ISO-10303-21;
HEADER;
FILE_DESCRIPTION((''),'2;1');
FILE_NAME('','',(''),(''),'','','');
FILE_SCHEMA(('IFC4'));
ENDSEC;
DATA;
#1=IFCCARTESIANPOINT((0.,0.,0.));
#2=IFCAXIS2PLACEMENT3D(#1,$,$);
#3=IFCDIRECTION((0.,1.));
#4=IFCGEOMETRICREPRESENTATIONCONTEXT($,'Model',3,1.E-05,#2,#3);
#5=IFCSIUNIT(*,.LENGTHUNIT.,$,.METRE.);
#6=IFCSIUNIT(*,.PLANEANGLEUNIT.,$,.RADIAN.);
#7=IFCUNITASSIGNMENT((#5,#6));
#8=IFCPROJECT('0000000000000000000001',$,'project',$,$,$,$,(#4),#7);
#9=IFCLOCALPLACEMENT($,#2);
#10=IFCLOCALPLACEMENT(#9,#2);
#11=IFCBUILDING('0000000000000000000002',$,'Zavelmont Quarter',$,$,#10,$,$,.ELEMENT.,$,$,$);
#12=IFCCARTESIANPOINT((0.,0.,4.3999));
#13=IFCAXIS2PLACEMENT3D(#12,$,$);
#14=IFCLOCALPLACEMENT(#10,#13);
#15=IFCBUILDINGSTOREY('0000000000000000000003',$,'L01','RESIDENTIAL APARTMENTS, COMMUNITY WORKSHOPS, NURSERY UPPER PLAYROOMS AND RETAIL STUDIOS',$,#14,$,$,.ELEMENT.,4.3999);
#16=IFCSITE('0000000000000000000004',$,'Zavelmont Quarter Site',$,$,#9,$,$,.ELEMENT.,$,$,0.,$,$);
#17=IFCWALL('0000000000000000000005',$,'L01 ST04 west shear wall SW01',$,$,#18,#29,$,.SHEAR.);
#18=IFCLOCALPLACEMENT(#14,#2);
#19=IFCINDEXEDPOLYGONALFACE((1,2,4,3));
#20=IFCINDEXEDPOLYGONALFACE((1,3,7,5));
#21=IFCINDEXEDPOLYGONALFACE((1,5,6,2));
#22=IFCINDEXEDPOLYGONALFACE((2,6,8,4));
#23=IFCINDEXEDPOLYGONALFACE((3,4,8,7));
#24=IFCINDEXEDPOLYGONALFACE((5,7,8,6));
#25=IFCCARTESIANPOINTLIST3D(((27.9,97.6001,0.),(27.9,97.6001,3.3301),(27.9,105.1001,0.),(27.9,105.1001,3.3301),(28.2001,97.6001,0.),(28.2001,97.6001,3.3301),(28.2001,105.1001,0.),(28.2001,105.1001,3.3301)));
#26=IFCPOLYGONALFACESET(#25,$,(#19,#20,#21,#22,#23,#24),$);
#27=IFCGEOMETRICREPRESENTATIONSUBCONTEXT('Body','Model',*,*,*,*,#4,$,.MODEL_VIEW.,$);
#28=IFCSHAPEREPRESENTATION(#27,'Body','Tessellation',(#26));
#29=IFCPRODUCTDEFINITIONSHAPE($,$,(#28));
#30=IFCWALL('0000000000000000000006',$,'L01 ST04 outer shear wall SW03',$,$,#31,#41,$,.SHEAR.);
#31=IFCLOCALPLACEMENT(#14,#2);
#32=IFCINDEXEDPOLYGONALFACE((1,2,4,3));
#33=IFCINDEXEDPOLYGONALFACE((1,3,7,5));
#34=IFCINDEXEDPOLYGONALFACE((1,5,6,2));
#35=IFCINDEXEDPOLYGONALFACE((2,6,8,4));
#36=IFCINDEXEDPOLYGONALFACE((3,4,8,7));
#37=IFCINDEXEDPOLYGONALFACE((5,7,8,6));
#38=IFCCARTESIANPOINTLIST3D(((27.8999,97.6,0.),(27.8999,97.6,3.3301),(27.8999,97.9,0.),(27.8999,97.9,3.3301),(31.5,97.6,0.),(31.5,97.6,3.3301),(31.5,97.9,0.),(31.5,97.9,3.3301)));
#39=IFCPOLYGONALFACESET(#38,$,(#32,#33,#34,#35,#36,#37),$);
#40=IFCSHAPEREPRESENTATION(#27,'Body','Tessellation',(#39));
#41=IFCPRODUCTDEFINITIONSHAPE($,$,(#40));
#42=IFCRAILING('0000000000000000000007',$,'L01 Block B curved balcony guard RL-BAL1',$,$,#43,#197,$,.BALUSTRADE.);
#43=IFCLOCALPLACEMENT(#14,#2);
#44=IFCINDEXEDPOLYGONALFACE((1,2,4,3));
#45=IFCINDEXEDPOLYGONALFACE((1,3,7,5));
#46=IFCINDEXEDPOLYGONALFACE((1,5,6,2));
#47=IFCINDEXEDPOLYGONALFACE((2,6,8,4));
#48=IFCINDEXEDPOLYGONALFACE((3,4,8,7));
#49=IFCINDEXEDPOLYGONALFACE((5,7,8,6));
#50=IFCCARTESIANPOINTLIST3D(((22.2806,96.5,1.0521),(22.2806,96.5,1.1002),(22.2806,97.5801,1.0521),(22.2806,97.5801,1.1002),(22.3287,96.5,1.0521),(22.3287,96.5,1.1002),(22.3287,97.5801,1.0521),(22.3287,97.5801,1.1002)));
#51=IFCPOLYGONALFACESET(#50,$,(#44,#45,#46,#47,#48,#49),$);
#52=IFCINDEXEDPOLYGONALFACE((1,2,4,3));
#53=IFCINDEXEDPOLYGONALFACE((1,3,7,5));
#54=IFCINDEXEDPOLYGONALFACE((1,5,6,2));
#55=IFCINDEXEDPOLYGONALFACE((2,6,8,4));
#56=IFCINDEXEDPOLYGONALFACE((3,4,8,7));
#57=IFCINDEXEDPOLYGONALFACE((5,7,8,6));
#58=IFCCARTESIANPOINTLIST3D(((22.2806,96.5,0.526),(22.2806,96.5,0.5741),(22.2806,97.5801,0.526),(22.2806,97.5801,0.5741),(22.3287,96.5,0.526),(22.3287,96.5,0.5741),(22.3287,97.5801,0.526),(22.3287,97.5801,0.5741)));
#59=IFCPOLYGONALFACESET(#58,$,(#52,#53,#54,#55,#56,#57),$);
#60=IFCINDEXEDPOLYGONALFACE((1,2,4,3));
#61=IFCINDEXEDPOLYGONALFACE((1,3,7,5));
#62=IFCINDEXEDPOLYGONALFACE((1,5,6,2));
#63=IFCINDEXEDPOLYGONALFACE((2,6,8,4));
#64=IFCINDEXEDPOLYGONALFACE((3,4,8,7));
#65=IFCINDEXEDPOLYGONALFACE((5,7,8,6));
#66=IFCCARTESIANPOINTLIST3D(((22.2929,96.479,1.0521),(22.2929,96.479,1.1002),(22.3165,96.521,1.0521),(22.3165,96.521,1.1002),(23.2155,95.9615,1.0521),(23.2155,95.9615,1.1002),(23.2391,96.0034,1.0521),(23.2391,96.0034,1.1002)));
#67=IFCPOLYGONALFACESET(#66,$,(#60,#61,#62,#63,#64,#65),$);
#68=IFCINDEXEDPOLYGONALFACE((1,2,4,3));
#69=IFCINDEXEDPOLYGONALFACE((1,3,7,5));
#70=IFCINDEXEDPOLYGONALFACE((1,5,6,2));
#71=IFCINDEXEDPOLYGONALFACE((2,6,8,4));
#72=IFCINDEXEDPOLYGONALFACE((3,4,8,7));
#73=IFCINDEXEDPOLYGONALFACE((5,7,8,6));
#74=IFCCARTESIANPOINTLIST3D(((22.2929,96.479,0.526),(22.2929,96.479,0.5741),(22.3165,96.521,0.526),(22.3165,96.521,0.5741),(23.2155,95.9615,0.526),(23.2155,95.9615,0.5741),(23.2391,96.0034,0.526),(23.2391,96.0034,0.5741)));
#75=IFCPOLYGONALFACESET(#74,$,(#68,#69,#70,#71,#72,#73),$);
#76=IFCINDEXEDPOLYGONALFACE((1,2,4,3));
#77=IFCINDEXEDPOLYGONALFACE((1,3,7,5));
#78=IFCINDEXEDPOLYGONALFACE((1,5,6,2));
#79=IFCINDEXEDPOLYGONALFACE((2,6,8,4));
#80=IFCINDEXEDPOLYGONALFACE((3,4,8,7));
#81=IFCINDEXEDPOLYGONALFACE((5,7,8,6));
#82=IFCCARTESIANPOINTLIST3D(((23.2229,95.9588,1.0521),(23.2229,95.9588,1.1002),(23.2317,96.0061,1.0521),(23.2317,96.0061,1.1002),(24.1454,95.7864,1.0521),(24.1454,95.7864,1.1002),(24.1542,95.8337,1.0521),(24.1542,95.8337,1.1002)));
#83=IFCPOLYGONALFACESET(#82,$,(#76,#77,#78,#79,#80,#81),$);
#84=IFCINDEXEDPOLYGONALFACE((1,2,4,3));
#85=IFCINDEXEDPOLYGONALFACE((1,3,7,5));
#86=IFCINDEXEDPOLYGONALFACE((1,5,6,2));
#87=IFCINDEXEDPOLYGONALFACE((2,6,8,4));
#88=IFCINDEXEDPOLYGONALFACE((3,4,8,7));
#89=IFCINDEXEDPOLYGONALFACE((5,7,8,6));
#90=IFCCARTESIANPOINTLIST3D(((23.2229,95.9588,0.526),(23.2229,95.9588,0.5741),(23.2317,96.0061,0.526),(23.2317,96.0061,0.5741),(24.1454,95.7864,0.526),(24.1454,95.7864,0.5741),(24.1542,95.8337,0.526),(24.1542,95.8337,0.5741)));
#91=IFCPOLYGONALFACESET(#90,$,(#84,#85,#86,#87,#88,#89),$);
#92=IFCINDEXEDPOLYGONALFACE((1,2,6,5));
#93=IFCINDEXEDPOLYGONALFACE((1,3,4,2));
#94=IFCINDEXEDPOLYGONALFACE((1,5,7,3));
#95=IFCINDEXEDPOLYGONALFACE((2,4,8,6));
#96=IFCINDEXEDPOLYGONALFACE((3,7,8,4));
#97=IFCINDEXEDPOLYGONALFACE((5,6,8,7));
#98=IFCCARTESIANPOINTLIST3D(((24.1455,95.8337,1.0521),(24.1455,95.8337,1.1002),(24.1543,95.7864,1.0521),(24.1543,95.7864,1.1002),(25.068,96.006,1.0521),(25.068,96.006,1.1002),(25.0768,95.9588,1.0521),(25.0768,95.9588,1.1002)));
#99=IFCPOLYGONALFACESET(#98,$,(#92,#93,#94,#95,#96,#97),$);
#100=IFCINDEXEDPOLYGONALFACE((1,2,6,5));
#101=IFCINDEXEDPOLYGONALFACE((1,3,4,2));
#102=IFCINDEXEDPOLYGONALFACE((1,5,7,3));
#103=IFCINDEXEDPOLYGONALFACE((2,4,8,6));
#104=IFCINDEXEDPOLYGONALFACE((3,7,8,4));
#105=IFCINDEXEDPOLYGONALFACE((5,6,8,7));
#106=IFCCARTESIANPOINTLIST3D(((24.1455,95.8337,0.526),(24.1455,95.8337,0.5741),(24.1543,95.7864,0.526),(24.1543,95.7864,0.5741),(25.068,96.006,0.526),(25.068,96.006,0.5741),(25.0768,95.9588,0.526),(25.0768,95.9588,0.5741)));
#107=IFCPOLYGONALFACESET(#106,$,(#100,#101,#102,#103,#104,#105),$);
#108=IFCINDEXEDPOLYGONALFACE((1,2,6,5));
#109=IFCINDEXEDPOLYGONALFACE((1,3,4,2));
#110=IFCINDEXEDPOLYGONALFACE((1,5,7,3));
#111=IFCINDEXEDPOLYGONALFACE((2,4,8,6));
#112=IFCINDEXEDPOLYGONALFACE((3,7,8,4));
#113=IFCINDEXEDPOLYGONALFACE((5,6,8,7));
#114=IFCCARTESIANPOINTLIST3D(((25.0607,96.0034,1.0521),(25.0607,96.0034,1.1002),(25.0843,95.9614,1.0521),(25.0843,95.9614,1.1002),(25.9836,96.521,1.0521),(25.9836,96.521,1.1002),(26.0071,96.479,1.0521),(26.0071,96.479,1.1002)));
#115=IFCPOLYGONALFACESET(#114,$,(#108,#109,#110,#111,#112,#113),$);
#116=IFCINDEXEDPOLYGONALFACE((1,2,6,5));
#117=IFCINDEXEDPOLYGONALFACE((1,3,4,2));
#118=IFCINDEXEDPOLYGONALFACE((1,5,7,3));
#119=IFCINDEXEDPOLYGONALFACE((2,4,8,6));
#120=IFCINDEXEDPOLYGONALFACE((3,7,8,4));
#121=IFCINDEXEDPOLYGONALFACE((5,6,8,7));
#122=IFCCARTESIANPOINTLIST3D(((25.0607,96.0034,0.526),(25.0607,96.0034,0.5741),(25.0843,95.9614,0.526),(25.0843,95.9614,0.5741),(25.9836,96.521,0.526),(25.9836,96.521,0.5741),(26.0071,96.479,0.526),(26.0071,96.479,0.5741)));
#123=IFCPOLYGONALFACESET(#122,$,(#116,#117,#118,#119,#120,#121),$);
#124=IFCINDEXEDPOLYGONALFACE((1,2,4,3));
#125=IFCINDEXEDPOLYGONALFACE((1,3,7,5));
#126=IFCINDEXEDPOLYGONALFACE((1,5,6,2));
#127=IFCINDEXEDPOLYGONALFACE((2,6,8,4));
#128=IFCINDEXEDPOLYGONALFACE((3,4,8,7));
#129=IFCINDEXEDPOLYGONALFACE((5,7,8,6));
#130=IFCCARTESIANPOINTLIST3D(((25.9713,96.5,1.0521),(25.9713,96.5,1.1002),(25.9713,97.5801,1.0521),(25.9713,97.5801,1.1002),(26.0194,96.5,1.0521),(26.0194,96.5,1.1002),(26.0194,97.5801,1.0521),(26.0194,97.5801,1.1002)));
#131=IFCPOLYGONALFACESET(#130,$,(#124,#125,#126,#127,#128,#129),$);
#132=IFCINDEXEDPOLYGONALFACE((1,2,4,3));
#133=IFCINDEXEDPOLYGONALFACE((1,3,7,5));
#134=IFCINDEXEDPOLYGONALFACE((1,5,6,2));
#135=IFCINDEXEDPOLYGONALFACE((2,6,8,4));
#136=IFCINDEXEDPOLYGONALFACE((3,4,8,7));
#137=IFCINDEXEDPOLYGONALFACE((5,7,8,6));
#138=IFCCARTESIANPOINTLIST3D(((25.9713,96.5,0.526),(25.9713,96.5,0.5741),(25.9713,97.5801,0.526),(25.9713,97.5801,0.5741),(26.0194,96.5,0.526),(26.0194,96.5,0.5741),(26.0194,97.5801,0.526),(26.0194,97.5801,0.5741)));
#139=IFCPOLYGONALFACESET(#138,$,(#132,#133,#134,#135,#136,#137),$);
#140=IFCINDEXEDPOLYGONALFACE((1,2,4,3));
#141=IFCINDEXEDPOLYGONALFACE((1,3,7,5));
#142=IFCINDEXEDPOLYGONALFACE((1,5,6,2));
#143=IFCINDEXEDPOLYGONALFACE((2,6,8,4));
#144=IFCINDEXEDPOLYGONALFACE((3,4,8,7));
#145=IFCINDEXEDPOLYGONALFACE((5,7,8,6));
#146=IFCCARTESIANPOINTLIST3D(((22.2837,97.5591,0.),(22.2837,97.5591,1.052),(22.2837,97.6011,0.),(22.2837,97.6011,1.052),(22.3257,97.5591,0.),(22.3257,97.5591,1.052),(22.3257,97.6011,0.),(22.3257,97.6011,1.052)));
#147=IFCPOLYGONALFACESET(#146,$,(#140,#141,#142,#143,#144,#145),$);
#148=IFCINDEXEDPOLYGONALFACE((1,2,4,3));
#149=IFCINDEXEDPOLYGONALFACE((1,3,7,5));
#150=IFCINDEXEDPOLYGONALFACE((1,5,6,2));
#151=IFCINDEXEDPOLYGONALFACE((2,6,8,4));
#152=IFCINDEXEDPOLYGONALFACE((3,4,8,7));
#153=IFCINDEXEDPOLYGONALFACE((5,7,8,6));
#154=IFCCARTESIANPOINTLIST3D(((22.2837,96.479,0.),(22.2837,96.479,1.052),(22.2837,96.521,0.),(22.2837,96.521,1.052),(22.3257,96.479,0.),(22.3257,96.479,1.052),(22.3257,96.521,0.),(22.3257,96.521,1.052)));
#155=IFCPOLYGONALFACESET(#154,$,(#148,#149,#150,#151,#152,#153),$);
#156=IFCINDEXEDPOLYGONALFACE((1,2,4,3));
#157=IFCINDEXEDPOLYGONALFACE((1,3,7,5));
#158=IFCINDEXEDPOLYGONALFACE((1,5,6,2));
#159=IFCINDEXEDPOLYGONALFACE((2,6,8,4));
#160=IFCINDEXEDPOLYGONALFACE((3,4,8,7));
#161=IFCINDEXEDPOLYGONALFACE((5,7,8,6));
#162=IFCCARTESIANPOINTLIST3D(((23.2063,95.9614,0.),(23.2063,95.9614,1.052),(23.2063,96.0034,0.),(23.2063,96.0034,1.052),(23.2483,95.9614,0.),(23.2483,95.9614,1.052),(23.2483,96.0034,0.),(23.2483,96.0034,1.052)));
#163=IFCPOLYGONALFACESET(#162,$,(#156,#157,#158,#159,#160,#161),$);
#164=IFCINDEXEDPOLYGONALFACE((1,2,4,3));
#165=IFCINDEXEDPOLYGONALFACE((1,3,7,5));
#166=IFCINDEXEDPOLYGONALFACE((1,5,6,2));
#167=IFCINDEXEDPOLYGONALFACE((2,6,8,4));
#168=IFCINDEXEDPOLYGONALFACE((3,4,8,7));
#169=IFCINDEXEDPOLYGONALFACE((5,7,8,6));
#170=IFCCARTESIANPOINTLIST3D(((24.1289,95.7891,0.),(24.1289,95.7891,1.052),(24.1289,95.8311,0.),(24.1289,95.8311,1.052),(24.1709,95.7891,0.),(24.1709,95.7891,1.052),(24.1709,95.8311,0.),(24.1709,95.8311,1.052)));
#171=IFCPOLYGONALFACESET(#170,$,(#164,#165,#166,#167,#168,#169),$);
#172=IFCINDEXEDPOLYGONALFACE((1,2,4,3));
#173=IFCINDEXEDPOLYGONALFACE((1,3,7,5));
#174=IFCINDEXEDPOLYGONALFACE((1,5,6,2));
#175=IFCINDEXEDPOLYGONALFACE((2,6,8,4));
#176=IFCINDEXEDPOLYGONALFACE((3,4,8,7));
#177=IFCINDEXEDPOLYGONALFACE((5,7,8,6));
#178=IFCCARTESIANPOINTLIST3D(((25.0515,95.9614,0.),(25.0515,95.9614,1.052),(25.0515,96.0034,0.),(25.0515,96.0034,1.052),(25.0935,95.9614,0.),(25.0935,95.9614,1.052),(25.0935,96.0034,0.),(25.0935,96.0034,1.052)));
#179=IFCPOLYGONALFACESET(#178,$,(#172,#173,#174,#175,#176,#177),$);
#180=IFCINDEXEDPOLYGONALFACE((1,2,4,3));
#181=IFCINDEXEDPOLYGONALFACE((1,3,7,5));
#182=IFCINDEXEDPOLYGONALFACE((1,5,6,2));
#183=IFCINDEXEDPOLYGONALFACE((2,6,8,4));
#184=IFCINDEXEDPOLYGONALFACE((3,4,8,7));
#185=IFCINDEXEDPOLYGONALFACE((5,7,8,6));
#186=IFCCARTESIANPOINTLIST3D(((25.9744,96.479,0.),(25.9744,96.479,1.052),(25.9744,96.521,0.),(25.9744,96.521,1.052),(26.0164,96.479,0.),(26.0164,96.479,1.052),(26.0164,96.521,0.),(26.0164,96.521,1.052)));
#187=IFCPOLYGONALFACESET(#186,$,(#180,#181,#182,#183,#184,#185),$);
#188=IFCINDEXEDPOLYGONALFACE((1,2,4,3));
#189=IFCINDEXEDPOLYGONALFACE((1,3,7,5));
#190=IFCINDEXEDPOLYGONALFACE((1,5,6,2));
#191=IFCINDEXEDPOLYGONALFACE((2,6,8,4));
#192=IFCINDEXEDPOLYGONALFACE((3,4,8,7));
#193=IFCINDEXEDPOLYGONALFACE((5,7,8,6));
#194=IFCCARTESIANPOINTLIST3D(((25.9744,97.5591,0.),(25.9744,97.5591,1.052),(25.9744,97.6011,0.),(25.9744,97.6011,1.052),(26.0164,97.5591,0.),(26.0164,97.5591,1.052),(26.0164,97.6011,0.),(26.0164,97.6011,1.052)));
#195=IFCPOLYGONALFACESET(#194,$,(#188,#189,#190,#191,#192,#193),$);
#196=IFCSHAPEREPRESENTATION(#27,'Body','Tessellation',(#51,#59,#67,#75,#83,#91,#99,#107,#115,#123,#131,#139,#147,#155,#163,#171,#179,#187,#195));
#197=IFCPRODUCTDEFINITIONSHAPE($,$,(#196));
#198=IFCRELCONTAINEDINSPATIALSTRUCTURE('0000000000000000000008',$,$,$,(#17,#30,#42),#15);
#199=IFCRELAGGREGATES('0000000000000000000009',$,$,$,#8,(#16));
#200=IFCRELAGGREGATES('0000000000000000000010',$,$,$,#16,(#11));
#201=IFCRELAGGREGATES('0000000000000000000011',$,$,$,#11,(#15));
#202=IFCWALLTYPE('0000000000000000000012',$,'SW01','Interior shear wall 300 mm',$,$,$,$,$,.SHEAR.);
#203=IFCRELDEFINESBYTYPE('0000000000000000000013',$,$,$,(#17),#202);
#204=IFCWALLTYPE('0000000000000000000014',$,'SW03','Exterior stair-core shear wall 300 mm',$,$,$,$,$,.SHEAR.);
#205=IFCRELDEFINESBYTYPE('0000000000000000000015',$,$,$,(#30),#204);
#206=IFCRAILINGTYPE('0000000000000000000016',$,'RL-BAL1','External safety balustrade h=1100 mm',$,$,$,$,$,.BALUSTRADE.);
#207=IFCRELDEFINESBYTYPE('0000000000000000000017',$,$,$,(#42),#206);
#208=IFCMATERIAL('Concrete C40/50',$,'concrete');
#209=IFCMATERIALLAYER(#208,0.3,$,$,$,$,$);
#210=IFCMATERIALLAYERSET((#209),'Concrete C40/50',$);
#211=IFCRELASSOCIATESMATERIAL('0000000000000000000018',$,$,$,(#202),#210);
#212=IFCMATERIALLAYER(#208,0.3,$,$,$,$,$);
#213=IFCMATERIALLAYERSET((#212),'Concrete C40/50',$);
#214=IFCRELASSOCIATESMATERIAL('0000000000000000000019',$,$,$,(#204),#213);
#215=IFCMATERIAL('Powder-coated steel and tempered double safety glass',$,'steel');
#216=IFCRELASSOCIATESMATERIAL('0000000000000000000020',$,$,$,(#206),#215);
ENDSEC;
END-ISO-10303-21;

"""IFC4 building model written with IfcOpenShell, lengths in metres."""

from ifc_helpers import new_model, si_unit, direction, frame, frame_2d, origin, origin_2d, place, context, subcontext, project, spatial, rectangle, extrude, material, layer, layer_set, type_object, element, save


model = new_model("IFC4")

# Units and contexts
model_context = context("Model", 3, precision=1e-05, world=origin(), true_north=direction((0.0, 1.0)))
body_context = subcontext(model_context, "Body", "Model", "MODEL_VIEW")
ifc_project = project(units=[si_unit("LENGTHUNIT", "METRE"), si_unit("PLANEANGLEUNIT", "RADIAN")], contexts=[model_context])

# Site, building, storey
site_placement = place(None, origin())
site = spatial("IfcSite", under=ifc_project, at=site_placement, Name="Zavelmont Quarter Site", CompositionType="ELEMENT", RefElevation=0.0)
building_placement = place(site_placement, origin())
building = spatial("IfcBuilding", under=site, at=building_placement, Name="Zavelmont Quarter", CompositionType="ELEMENT")
storey_placement = place(building_placement, frame((0.0, 0.0, 4.3999)))
storey = spatial("IfcBuildingStorey", under=building, at=storey_placement, Name="L01", Description="RESIDENTIAL APARTMENTS, COMMUNITY WORKSHOPS, NURSERY UPPER PLAYROOMS AND RETAIL STUDIOS", CompositionType="ELEMENT", Elevation=4.3999)

# Shared definitions
ifc_material_1 = material(Name="Concrete C40/50", Category="concrete")

# Wall
ifc_layer_1 = layer(ifc_material_1, 0.3)
ifc_layer_set_1 = layer_set([ifc_layer_1], Name="Concrete C40/50")
wall_type_1 = type_object("IfcWallType", Name="SW01", Description="Interior shear wall 300 mm", PredefinedType="SHEAR", material=ifc_layer_set_1)
wall_1_placement = place(storey_placement, frame((28.05, 97.6001, 0.0), z_axis=(0.0, 0.0, 1.0), x_axis=(0.0, 1.0, 0.0)))
element("IfcWall", 1, at=wall_1_placement, inside=storey, type_object=wall_type_1, Name="L01 ST04 west shear wall SW01", PredefinedType="SHEAR", context=body_context, shape_type="SweptSolid", body=[
    extrude(rectangle(XDim=7.5, YDim=0.3, at=frame_2d((3.75, 0.0))), origin(), (0.0, 0.0, 1.0), 3.3301),
])

# Wall
ifc_layer_2 = layer(ifc_material_1, 0.3)
ifc_layer_set_2 = layer_set([ifc_layer_2], Name="Concrete C40/50")
wall_type_2 = type_object("IfcWallType", Name="SW03", Description="Exterior stair-core shear wall 300 mm", PredefinedType="SHEAR", material=ifc_layer_set_2)
wall_2_placement = place(storey_placement, frame((27.8999, 97.75, 0.0), z_axis=(0.0, 0.0, 1.0), x_axis=(1.0, 0.0, 0.0)))
element("IfcWall", 2, at=wall_2_placement, inside=storey, type_object=wall_type_2, Name="L01 ST04 outer shear wall SW03", PredefinedType="SHEAR", context=body_context, shape_type="SweptSolid", body=[
    extrude(rectangle(XDim=3.6001, YDim=0.3, at=frame_2d((1.8, 0.0))), origin(), (0.0, 0.0, 1.0), 3.3301),
])

# Railing
ifc_material_2 = material(Name="Powder-coated steel and tempered double safety glass", Category="steel")
railing_type = type_object("IfcRailingType", Name="RL-BAL1", Description="External safety balustrade h=1100 mm", PredefinedType="BALUSTRADE", material=ifc_material_2)
railing_placement = place(storey_placement, frame((22.3047, 97.5801, 0.0)))
element("IfcRailing", 3, at=railing_placement, inside=storey, type_object=railing_type, Name="L01 Block B curved balcony guard RL-BAL1", PredefinedType="BALUSTRADE", context=body_context, shape_type="SweptSolid", body=[
    extrude(rectangle(XDim=0.0481, YDim=0.0481, at=origin_2d()), frame((0.0, 0.0, 1.0762), z_axis=(0.0, -1.0, 0.0), x_axis=(1.0, 0.0, 0.0)), (0.0, 0.0, 1.0), 1.0801),
    extrude(rectangle(XDim=0.0481, YDim=0.0481, at=origin_2d()), frame((0.0, 0.0, 0.55), z_axis=(0.0, -1.0, 0.0), x_axis=(1.0, 0.0, 0.0)), (0.0, 0.0, 1.0), 1.0801),
    extrude(rectangle(XDim=0.0481, YDim=0.0481, at=origin_2d()), frame((0.0, -1.0801, 1.0762), z_axis=(0.872136, -0.489264, 0.0), x_axis=(0.489264, 0.872136, 0.0)), (0.0, 0.0, 1.0), 1.0579),
    extrude(rectangle(XDim=0.0481, YDim=0.0481, at=origin_2d()), frame((0.0, -1.0801, 0.55), z_axis=(0.872136, -0.489264, 0.0), x_axis=(0.489264, 0.872136, 0.0)), (0.0, 0.0, 1.0), 1.0579),
    extrude(rectangle(XDim=0.0481, YDim=0.0481, at=origin_2d()), frame((0.9226, -1.5977, 1.0762), z_axis=(0.982993, -0.183645, 0.0), x_axis=(0.183645, 0.982993, 0.0)), (0.0, 0.0, 1.0), 0.9385),
    extrude(rectangle(XDim=0.0481, YDim=0.0481, at=origin_2d()), frame((0.9226, -1.5977, 0.55), z_axis=(0.982993, -0.183645, 0.0), x_axis=(0.183645, 0.982993, 0.0)), (0.0, 0.0, 1.0), 0.9385),
    extrude(rectangle(XDim=0.0481, YDim=0.0481, at=origin_2d()), frame((1.8452, -1.77, 1.0762), z_axis=(0.982993, 0.183645, 0.0), x_axis=(-0.183645, 0.982993, 0.0)), (0.0, 0.0, 1.0), 0.9385),
    extrude(rectangle(XDim=0.0481, YDim=0.0481, at=origin_2d()), frame((1.8452, -1.77, 0.55), z_axis=(0.982993, 0.183645, 0.0), x_axis=(-0.183645, 0.982993, 0.0)), (0.0, 0.0, 1.0), 0.9385),
    extrude(rectangle(XDim=0.0481, YDim=0.0481, at=origin_2d()), frame((2.7678, -1.5977, 1.0762), z_axis=(0.872191, 0.489165, 0.0), x_axis=(-0.489165, 0.872191, 0.0)), (0.0, 0.0, 1.0), 1.0581),
    extrude(rectangle(XDim=0.0481, YDim=0.0481, at=origin_2d()), frame((2.7678, -1.5977, 0.55), z_axis=(0.872191, 0.489165, 0.0), x_axis=(-0.489165, 0.872191, 0.0)), (0.0, 0.0, 1.0), 1.0581),
    extrude(rectangle(XDim=0.0481, YDim=0.0481, at=origin_2d()), frame((3.6907, -1.0801, 1.0762), z_axis=(0.0, 1.0, 0.0), x_axis=(-1.0, 0.0, 0.0)), (0.0, 0.0, 1.0), 1.0801),
    extrude(rectangle(XDim=0.0481, YDim=0.0481, at=origin_2d()), frame((3.6907, -1.0801, 0.55), z_axis=(0.0, 1.0, 0.0), x_axis=(-1.0, 0.0, 0.0)), (0.0, 0.0, 1.0), 1.0801),
    extrude(rectangle(XDim=0.042, YDim=0.042, at=origin_2d()), origin(), (0.0, 0.0, 1.0), 1.052),
    extrude(rectangle(XDim=0.042, YDim=0.042, at=origin_2d()), frame((0.0, -1.0801, 0.0)), (0.0, 0.0, 1.0), 1.052),
    extrude(rectangle(XDim=0.042, YDim=0.042, at=origin_2d()), frame((0.9226, -1.5977, 0.0)), (0.0, 0.0, 1.0), 1.052),
    extrude(rectangle(XDim=0.042, YDim=0.042, at=origin_2d()), frame((1.8452, -1.77, 0.0)), (0.0, 0.0, 1.0), 1.052),
    extrude(rectangle(XDim=0.042, YDim=0.042, at=origin_2d()), frame((2.7678, -1.5977, 0.0)), (0.0, 0.0, 1.0), 1.052),
    extrude(rectangle(XDim=0.042, YDim=0.042, at=origin_2d()), frame((3.6907, -1.0801, 0.0)), (0.0, 0.0, 1.0), 1.052),
    extrude(rectangle(XDim=0.042, YDim=0.042, at=origin_2d()), frame((3.6907, 0.0, 0.0)), (0.0, 0.0, 1.0), 1.052),
])

save(model, "model.ifc")
